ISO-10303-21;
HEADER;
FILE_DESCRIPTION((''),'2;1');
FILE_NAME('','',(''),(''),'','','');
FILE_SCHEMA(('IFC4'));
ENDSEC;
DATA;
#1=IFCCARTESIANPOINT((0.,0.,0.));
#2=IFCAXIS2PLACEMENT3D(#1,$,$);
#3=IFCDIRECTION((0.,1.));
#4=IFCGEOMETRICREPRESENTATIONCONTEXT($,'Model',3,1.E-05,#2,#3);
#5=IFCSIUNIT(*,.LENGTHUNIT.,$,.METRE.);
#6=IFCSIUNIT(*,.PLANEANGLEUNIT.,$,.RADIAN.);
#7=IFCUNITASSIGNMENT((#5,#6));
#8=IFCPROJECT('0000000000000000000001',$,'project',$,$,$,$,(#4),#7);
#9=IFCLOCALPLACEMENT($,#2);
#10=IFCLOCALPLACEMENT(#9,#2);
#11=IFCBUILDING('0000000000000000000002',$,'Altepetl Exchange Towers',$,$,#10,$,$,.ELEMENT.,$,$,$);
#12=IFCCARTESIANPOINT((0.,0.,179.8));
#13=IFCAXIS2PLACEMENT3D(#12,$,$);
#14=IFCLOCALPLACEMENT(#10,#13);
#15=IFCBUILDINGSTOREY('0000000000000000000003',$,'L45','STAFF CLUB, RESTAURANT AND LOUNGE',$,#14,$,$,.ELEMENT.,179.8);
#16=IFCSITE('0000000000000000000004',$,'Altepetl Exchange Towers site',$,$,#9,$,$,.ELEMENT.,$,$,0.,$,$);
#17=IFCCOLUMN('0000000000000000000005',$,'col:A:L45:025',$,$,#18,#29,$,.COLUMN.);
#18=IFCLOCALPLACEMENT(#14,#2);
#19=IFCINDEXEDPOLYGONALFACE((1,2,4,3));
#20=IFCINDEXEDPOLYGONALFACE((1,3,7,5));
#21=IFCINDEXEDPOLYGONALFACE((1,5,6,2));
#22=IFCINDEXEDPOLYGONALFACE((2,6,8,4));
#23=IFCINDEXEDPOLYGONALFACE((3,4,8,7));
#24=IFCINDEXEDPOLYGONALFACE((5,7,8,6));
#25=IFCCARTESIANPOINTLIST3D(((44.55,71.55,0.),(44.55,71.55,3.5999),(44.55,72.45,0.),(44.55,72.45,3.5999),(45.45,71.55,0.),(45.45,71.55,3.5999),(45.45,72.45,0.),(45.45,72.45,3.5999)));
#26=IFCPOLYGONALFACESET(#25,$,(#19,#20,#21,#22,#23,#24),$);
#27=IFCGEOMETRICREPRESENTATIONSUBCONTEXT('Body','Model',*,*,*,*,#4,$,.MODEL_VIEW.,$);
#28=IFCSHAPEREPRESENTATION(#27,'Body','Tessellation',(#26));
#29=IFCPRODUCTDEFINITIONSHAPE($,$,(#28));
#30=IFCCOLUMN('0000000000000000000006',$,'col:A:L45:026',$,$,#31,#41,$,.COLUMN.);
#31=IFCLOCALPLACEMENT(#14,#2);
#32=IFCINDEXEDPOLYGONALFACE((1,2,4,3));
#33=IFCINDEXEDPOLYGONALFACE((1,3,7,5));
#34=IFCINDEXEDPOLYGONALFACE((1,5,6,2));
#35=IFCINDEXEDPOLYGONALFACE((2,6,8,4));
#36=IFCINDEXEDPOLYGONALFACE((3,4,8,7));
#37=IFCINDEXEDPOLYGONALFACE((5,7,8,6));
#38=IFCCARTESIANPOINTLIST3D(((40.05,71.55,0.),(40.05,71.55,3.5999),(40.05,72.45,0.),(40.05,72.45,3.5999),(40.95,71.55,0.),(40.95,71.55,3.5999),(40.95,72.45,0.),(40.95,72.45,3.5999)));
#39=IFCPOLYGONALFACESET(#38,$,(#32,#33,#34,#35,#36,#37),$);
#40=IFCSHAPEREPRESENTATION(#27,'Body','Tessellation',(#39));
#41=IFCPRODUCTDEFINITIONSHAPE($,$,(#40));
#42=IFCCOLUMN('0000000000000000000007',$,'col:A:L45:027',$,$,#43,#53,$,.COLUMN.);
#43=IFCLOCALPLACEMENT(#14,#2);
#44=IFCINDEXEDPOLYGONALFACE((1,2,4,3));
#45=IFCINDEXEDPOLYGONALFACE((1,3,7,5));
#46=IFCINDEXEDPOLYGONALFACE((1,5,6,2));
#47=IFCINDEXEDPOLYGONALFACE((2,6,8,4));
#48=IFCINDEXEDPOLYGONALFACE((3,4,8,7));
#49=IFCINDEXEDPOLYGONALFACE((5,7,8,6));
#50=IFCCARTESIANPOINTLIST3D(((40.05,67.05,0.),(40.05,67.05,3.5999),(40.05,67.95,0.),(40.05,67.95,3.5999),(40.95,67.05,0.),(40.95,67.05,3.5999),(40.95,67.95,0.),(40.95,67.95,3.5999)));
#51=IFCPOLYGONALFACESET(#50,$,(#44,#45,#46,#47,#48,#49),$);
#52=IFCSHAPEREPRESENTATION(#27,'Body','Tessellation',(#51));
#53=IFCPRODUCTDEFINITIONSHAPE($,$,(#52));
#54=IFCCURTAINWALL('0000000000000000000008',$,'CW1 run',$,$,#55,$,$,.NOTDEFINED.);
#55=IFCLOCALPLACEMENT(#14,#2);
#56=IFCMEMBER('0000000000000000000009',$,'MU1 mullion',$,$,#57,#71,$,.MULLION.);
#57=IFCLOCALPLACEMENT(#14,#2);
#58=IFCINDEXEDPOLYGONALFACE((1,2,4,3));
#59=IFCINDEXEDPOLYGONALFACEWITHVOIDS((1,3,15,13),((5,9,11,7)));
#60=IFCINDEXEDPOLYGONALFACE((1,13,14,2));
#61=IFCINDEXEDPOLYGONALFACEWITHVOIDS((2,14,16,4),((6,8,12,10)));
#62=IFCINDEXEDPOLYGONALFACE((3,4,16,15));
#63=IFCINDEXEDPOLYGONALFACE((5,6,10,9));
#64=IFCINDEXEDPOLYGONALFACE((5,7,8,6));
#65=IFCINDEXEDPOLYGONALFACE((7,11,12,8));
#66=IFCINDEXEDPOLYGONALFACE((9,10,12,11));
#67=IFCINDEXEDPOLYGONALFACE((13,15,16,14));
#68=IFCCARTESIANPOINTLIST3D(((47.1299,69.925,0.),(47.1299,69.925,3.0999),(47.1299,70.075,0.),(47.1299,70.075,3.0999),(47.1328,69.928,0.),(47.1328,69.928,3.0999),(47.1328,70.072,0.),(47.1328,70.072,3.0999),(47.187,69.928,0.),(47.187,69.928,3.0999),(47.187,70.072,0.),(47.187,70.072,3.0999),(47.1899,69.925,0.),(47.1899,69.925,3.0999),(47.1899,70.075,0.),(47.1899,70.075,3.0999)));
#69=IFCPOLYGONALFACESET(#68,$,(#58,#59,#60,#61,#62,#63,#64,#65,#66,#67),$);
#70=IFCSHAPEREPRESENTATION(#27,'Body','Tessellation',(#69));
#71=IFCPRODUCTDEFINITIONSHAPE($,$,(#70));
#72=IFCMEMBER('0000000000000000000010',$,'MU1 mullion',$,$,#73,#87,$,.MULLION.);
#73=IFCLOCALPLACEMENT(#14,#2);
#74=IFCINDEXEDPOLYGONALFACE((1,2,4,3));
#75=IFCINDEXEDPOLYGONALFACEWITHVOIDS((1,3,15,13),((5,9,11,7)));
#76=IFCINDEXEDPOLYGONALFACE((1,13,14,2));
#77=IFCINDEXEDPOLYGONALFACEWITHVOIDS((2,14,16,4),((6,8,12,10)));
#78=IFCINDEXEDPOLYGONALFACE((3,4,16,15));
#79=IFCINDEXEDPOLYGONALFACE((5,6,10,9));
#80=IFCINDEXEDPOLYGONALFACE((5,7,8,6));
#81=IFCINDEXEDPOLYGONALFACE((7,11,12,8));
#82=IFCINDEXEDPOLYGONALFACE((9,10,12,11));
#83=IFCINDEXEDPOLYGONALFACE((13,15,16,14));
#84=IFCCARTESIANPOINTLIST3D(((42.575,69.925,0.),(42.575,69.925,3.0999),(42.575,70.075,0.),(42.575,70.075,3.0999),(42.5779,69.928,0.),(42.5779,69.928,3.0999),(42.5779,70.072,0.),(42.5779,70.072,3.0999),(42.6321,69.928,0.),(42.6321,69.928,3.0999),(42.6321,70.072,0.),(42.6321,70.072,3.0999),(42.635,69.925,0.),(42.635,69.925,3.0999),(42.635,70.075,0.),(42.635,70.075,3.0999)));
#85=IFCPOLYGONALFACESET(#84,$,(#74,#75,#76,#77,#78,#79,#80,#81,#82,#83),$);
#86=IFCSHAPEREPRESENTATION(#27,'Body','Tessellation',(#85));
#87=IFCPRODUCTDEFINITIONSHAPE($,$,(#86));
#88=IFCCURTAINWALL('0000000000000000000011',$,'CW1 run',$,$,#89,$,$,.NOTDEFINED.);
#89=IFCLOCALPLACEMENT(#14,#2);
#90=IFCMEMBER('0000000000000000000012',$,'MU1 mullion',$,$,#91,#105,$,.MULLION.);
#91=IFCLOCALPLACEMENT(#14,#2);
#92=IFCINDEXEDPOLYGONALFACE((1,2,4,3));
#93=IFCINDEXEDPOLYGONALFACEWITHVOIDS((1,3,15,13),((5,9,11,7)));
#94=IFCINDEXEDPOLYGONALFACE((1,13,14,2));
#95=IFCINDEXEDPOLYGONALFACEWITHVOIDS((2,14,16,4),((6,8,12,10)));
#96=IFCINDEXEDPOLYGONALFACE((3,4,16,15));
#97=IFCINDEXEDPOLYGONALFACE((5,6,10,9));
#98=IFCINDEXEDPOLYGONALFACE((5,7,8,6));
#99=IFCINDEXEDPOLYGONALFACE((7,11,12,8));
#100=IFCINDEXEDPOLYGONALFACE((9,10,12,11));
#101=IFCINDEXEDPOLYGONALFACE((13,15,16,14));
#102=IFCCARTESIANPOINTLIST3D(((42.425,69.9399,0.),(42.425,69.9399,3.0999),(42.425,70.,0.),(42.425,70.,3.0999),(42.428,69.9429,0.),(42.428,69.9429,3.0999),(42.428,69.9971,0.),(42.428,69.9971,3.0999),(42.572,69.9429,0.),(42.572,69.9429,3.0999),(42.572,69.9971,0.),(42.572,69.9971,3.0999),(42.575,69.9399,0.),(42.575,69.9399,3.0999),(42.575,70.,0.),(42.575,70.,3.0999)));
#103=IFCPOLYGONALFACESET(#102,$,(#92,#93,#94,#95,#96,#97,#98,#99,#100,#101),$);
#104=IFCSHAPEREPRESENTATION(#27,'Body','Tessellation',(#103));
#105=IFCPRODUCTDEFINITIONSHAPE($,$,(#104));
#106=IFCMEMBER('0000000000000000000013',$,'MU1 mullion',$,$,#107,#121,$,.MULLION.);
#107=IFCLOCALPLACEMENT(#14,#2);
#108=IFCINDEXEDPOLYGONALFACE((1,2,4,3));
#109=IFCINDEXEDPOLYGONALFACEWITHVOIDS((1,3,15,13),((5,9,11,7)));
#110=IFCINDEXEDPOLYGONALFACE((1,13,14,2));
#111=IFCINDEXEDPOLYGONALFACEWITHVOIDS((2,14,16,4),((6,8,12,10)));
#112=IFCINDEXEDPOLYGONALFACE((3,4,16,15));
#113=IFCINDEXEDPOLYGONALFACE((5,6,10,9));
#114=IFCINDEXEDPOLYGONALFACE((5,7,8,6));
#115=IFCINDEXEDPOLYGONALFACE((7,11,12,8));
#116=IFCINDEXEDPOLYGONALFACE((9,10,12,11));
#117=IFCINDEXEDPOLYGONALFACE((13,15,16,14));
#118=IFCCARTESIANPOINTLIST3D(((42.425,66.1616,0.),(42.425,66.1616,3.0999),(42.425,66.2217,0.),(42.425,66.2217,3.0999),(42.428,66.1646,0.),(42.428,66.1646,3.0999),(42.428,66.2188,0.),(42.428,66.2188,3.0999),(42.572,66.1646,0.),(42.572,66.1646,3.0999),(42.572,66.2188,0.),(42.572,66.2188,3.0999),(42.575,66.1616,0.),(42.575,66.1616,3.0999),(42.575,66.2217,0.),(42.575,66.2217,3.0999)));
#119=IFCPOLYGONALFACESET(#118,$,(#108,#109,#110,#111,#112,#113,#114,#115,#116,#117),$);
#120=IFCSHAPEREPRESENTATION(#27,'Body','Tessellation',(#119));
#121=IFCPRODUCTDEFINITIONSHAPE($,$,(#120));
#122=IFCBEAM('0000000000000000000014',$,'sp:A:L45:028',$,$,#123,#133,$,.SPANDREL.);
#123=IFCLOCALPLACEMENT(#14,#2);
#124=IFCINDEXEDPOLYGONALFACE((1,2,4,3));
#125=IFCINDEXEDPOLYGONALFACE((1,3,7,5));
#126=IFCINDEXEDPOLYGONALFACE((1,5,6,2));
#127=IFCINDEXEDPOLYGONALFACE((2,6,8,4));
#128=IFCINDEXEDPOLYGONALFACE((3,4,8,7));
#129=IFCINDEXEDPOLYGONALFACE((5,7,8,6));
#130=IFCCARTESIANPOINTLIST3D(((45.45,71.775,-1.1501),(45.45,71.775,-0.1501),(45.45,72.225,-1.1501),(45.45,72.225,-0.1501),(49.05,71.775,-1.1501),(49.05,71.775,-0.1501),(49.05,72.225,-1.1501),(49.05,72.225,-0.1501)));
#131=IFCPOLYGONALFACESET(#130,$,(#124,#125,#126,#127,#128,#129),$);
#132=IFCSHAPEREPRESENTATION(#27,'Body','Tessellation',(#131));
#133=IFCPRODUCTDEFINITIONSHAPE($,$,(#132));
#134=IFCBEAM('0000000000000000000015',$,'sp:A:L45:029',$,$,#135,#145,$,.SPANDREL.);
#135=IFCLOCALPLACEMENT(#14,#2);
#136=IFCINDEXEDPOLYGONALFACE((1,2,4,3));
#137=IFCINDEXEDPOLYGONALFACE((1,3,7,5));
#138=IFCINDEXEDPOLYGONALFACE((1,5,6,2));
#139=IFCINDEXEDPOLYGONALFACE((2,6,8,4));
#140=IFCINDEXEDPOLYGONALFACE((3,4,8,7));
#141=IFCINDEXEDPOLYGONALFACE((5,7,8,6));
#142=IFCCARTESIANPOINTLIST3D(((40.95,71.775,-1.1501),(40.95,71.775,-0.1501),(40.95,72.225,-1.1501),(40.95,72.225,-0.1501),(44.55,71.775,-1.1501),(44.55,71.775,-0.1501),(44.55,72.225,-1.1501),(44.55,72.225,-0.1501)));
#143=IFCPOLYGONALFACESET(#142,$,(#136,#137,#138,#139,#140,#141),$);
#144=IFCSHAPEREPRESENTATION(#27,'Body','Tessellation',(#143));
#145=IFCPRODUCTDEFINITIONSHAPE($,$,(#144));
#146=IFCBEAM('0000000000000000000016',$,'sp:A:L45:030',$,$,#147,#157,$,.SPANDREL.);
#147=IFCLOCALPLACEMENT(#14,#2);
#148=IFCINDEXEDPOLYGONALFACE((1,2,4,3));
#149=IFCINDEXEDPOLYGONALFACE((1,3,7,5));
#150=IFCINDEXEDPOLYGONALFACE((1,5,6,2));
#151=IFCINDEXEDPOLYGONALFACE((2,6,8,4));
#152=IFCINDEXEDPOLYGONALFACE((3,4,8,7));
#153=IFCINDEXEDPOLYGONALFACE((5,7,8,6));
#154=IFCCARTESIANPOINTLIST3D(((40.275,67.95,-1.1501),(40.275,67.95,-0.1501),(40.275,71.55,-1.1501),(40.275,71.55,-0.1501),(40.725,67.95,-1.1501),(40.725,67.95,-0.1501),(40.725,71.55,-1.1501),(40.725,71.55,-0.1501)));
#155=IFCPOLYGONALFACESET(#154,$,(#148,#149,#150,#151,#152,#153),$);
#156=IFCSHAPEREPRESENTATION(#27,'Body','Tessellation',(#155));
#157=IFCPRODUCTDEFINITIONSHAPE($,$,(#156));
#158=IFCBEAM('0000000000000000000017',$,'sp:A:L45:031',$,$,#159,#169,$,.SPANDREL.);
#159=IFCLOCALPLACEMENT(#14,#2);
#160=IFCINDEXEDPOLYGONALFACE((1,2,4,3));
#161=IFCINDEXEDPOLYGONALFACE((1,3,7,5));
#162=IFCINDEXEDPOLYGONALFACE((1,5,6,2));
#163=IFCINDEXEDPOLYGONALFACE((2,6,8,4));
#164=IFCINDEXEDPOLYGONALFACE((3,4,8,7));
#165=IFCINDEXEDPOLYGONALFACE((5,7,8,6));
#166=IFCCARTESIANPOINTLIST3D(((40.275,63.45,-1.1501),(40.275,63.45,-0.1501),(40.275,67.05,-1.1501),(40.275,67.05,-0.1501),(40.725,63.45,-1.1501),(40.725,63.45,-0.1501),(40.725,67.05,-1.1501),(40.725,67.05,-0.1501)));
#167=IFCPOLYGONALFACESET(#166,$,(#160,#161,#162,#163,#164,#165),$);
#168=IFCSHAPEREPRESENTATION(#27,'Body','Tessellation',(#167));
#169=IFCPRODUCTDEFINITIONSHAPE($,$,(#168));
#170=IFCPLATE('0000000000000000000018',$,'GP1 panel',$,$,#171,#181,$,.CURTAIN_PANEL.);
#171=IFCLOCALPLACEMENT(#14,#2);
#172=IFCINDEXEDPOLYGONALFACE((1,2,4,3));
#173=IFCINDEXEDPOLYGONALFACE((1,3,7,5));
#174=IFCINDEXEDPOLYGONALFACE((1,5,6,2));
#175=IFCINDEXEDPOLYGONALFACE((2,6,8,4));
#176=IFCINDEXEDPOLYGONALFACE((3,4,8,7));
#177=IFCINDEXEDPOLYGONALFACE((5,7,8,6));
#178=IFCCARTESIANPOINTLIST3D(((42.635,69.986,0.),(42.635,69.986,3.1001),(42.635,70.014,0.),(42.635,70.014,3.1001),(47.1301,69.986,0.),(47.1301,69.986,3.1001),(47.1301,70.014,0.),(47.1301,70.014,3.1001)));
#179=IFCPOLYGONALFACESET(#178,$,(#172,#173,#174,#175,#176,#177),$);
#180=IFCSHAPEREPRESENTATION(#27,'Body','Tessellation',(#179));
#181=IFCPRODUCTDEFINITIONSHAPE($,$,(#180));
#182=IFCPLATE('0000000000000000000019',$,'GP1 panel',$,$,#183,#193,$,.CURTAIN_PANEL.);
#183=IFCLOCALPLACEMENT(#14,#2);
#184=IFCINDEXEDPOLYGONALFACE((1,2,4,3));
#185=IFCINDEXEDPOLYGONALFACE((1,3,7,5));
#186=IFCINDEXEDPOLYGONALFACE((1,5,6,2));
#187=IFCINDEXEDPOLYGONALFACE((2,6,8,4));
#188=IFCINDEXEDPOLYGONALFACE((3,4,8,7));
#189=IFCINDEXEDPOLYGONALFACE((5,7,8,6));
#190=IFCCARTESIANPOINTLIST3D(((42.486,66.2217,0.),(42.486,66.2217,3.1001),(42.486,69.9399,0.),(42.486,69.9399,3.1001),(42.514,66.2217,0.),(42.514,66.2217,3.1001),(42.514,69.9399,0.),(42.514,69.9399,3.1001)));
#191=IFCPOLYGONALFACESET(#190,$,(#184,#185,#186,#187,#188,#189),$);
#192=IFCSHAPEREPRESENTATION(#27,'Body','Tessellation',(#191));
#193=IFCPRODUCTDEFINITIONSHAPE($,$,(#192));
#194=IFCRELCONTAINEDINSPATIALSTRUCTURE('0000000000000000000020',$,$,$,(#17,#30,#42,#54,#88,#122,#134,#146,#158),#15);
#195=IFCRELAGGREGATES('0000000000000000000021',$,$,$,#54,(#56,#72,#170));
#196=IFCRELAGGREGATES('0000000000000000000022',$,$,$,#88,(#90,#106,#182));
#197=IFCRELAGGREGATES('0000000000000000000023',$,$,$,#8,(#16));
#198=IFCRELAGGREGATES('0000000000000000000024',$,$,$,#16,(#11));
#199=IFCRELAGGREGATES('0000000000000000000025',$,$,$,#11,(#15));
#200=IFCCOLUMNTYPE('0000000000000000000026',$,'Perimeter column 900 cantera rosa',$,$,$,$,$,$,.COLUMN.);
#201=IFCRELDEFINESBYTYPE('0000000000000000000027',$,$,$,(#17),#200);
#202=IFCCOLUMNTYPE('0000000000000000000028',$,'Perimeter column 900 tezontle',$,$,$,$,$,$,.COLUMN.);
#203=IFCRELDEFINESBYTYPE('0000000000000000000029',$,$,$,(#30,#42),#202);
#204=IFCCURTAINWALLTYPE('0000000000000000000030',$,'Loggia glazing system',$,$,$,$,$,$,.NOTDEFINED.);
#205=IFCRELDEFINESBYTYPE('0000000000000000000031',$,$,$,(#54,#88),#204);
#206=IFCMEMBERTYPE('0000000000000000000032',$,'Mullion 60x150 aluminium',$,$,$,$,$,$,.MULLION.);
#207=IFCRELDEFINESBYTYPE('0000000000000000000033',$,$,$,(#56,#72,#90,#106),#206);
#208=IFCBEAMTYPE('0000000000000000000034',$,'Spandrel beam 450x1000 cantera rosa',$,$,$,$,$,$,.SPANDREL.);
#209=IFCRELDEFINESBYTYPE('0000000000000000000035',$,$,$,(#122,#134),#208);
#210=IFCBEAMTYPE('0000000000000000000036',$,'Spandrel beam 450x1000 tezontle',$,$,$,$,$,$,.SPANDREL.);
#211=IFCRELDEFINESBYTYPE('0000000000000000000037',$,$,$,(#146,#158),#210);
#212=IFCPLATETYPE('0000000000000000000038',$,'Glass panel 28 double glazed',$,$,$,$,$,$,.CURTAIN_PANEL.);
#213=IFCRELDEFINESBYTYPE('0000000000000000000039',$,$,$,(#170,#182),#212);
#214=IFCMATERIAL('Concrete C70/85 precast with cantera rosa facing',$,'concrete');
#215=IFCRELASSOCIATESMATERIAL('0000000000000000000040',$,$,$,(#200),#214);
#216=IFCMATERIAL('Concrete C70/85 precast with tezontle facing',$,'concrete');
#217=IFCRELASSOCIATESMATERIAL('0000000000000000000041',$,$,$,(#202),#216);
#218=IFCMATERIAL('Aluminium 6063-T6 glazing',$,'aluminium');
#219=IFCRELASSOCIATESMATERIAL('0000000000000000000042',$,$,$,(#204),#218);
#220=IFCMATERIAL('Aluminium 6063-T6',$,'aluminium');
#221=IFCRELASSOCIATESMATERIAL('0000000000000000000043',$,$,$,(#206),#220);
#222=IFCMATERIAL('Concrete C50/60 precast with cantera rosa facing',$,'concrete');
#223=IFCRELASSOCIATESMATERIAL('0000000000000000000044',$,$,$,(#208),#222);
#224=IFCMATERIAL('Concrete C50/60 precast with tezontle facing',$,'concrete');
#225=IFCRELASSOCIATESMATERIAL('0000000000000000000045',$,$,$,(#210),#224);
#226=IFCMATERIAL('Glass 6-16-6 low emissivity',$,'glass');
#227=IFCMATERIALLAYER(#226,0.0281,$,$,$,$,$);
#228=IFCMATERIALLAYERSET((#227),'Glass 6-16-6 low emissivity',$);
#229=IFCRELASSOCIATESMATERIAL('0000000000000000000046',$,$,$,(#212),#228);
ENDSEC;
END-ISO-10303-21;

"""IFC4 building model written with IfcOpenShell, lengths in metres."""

from ifc_helpers import new_model, si_unit, direction, frame, origin, origin_2d, place, context, subcontext, project, spatial, rectangle, hollow_rectangle, extrude, material, layer, layer_set, material_profile, profile_set, type_object, element, aggregate, save


model = new_model("IFC4")

# Units and contexts
model_context = context("Model", 3, precision=1e-05, world=origin(), true_north=direction((0.0, 1.0)))
body_context = subcontext(model_context, "Body", "Model", "MODEL_VIEW")
ifc_project = project(units=[si_unit("LENGTHUNIT", "METRE"), si_unit("PLANEANGLEUNIT", "RADIAN")], contexts=[model_context])

# Site, building, storey
site_placement = place(None, origin())
site = spatial("IfcSite", under=ifc_project, at=site_placement, Name="Altepetl Exchange Towers site", CompositionType="ELEMENT", RefElevation=0.0)
building_placement = place(site_placement, origin())
building = spatial("IfcBuilding", under=site, at=building_placement, Name="Altepetl Exchange Towers", CompositionType="ELEMENT")
storey_placement = place(building_placement, frame((0.0, 0.0, 179.8)))
storey = spatial("IfcBuildingStorey", under=building, at=storey_placement, Name="L45", Description="STAFF CLUB, RESTAURANT AND LOUNGE", CompositionType="ELEMENT", Elevation=179.8)

# Columns
ifc_material_1 = material(Name="Concrete C70/85 precast with cantera rosa facing", Category="concrete")
ifc_material_profile_1 = material_profile(ifc_material_1, rectangle(XDim=0.8999, YDim=0.8999, at=origin_2d()), Name="900 x 900")
ifc_profile_set_1 = profile_set([ifc_material_profile_1], Name="Concrete C70/85 precast with cantera rosa facing")
column_type_1 = type_object("IfcColumnType", Name="Perimeter column 900 cantera rosa", PredefinedType="COLUMN", material=ifc_profile_set_1)
column_placement = place(storey_placement, frame((45.0, 72.0, 0.0)))
element("IfcColumn", 1, at=column_placement, inside=storey, type_object=column_type_1, Name="col:A:L45:025", PredefinedType="COLUMN", context=body_context, shape_type="SweptSolid", body=[
    extrude(rectangle(XDim=0.8999, YDim=0.8999, at=origin_2d()), origin(), (0.0, 0.0, 1.0), 3.5999),
])
ifc_material_2 = material(Name="Concrete C70/85 precast with tezontle facing", Category="concrete")
ifc_material_profile_2 = material_profile(ifc_material_2, rectangle(XDim=0.8999, YDim=0.8999, at=origin_2d()), Name="900 x 900")
ifc_profile_set_2 = profile_set([ifc_material_profile_2], Name="Concrete C70/85 precast with tezontle facing")
column_type_2 = type_object("IfcColumnType", Name="Perimeter column 900 tezontle", PredefinedType="COLUMN", material=ifc_profile_set_2)
for number, where, name in (
    (2, (40.5, 72.0, 0.0), "col:A:L45:026"),
    (3, (40.5, 67.5, 0.0), "col:A:L45:027"),
):
    element("IfcColumn", number, at=place(storey_placement, frame(where)), inside=storey, type_object=column_type_2, Name=name, PredefinedType="COLUMN", context=body_context, shape_type="SweptSolid", body=[
        extrude(rectangle(XDim=0.8999, YDim=0.8999, at=origin_2d()), origin(), (0.0, 0.0, 1.0), 3.5999),
    ])

# Curtain walls, members
ifc_material_3 = material(Name="Aluminium 6063-T6 glazing", Category="aluminium")
curtain_wall_type = type_object("IfcCurtainWallType", Name="Loggia glazing system", PredefinedType="NOTDEFINED", material=ifc_material_3)
curtain_wall_1_placement = place(storey_placement, origin())
curtain_wall_1 = element("IfcCurtainWall", 4, at=curtain_wall_1_placement, inside=storey, type_object=curtain_wall_type, Name="CW1 run", PredefinedType="NOTDEFINED")
ifc_material_4 = material(Name="Aluminium 6063-T6", Category="aluminium")
ifc_material_profile_3 = material_profile(ifc_material_4, hollow_rectangle(XDim=0.0601, YDim=0.1499, WallThickness=0.0029, at=origin_2d()), Name="Mullion 60x150 aluminium")
ifc_profile_set_3 = profile_set([ifc_material_profile_3], Name="Aluminium 6063-T6")
member_type = type_object("IfcMemberType", Name="Mullion 60x150 aluminium", PredefinedType="MULLION", material=ifc_profile_set_3)
member_1_placement = place(storey_placement, frame((47.1599, 70.0, 0.0), z_axis=(0.0, 0.0, 1.0), x_axis=(-1.0, 0.0, 0.0)))
member_1 = element("IfcMember", 5, at=member_1_placement, type_object=member_type, Name="MU1 mullion", PredefinedType="MULLION", context=body_context, shape_type="SweptSolid", body=[
    extrude(hollow_rectangle(XDim=0.0601, YDim=0.1499, WallThickness=0.0029, at=origin_2d()), origin(), (0.0, 0.0, 1.0), 3.0999),
])
member_2_placement = place(storey_placement, frame((42.605, 70.0, 0.0), z_axis=(0.0, 0.0, 1.0), x_axis=(-1.0, 0.0, 0.0)))
member_2 = element("IfcMember", 6, at=member_2_placement, type_object=member_type, Name="MU1 mullion", PredefinedType="MULLION", context=body_context, shape_type="SweptSolid", body=[
    extrude(hollow_rectangle(XDim=0.0601, YDim=0.1499, WallThickness=0.0029, at=origin_2d()), origin(), (0.0, 0.0, 1.0), 3.0999),
])
curtain_wall_2_placement = place(storey_placement, origin())
curtain_wall_2 = element("IfcCurtainWall", 7, at=curtain_wall_2_placement, inside=storey, type_object=curtain_wall_type, Name="CW1 run", PredefinedType="NOTDEFINED")
member_3_placement = place(storey_placement, frame((42.5, 69.97, 0.0), z_axis=(0.0, 0.0, 1.0), x_axis=(0.0, -1.0, 0.0)))
member_3 = element("IfcMember", 8, at=member_3_placement, type_object=member_type, Name="MU1 mullion", PredefinedType="MULLION", context=body_context, shape_type="SweptSolid", body=[
    extrude(hollow_rectangle(XDim=0.0601, YDim=0.1499, WallThickness=0.0029, at=origin_2d()), origin(), (0.0, 0.0, 1.0), 3.0999),
])
member_4_placement = place(storey_placement, frame((42.5, 66.1917, 0.0), z_axis=(0.0, 0.0, 1.0), x_axis=(0.0, -1.0, 0.0)))
member_4 = element("IfcMember", 9, at=member_4_placement, type_object=member_type, Name="MU1 mullion", PredefinedType="MULLION", context=body_context, shape_type="SweptSolid", body=[
    extrude(hollow_rectangle(XDim=0.0601, YDim=0.1499, WallThickness=0.0029, at=origin_2d()), origin(), (0.0, 0.0, 1.0), 3.0999),
])

# Beams
ifc_material_5 = material(Name="Concrete C50/60 precast with cantera rosa facing", Category="concrete")
ifc_material_profile_4 = material_profile(ifc_material_5, rectangle(XDim=0.45, YDim=1.0, at=origin_2d()), Name="450 x 1000")
ifc_profile_set_4 = profile_set([ifc_material_profile_4], Name="Concrete C50/60 precast with cantera rosa facing")
beam_type_1 = type_object("IfcBeamType", Name="Spandrel beam 450x1000 cantera rosa", PredefinedType="SPANDREL", material=ifc_profile_set_4)
for number, where, z_axis, x_axis, name in (
    (10, (49.05, 72.0, -0.6501), (-1.0, 0.0, 0.0), (0.0, -1.0, 0.0), "sp:A:L45:028"),
    (11, (44.55, 72.0, -0.6501), (-1.0, 0.0, 0.0), (0.0, -1.0, 0.0), "sp:A:L45:029"),
):
    element("IfcBeam", number, at=place(storey_placement, frame(where, z_axis=z_axis, x_axis=x_axis)), inside=storey, type_object=beam_type_1, Name=name, PredefinedType="SPANDREL", context=body_context, shape_type="SweptSolid", body=[
        extrude(rectangle(XDim=0.45, YDim=1.0, at=origin_2d()), origin(), (0.0, 0.0, 1.0), 3.6001),
    ])
ifc_material_6 = material(Name="Concrete C50/60 precast with tezontle facing", Category="concrete")
ifc_material_profile_5 = material_profile(ifc_material_6, rectangle(XDim=0.45, YDim=1.0, at=origin_2d()), Name="450 x 1000")
ifc_profile_set_5 = profile_set([ifc_material_profile_5], Name="Concrete C50/60 precast with tezontle facing")
beam_type_2 = type_object("IfcBeamType", Name="Spandrel beam 450x1000 tezontle", PredefinedType="SPANDREL", material=ifc_profile_set_5)
for number, where, z_axis, x_axis, name in (
    (12, (40.5, 71.55, -0.6501), (0.0, -1.0, 0.0), (1.0, 0.0, 0.0), "sp:A:L45:030"),
    (13, (40.5, 67.05, -0.6501), (0.0, -1.0, 0.0), (1.0, 0.0, 0.0), "sp:A:L45:031"),
):
    element("IfcBeam", number, at=place(storey_placement, frame(where, z_axis=z_axis, x_axis=x_axis)), inside=storey, type_object=beam_type_2, Name=name, PredefinedType="SPANDREL", context=body_context, shape_type="SweptSolid", body=[
        extrude(rectangle(XDim=0.45, YDim=1.0, at=origin_2d()), origin(), (0.0, 0.0, 1.0), 3.6001),
    ])

# Plates
ifc_material_7 = material(Name="Glass 6-16-6 low emissivity", Category="glass")
ifc_layer = layer(ifc_material_7, 0.0281)
ifc_layer_set = layer_set([ifc_layer], Name="Glass 6-16-6 low emissivity")
plate_type = type_object("IfcPlateType", Name="Glass panel 28 double glazed", PredefinedType="CURTAIN_PANEL", material=ifc_layer_set)
plate_1_placement = place(storey_placement, frame((44.8826, 70.0, 0.0), z_axis=(0.0, 0.0, 1.0), x_axis=(-1.0, 0.0, 0.0)))
plate_1 = element("IfcPlate", 14, at=plate_1_placement, type_object=plate_type, Name="GP1 panel", PredefinedType="CURTAIN_PANEL", context=body_context, shape_type="SweptSolid", body=[
    extrude(rectangle(XDim=4.4951, YDim=0.0281, at=origin_2d()), origin(), (0.0, 0.0, 1.0), 3.1001),
])
aggregate(curtain_wall_1, [member_1, member_2, plate_1])
plate_2_placement = place(storey_placement, frame((42.5, 68.0808, 0.0), z_axis=(0.0, 0.0, 1.0), x_axis=(0.0, -1.0, 0.0)))
plate_2 = element("IfcPlate", 15, at=plate_2_placement, type_object=plate_type, Name="GP1 panel", PredefinedType="CURTAIN_PANEL", context=body_context, shape_type="SweptSolid", body=[
    extrude(rectangle(XDim=3.7183, YDim=0.0281, at=origin_2d()), origin(), (0.0, 0.0, 1.0), 3.1001),
])
aggregate(curtain_wall_2, [member_3, member_4, plate_2])

save(model, "model.ifc")
